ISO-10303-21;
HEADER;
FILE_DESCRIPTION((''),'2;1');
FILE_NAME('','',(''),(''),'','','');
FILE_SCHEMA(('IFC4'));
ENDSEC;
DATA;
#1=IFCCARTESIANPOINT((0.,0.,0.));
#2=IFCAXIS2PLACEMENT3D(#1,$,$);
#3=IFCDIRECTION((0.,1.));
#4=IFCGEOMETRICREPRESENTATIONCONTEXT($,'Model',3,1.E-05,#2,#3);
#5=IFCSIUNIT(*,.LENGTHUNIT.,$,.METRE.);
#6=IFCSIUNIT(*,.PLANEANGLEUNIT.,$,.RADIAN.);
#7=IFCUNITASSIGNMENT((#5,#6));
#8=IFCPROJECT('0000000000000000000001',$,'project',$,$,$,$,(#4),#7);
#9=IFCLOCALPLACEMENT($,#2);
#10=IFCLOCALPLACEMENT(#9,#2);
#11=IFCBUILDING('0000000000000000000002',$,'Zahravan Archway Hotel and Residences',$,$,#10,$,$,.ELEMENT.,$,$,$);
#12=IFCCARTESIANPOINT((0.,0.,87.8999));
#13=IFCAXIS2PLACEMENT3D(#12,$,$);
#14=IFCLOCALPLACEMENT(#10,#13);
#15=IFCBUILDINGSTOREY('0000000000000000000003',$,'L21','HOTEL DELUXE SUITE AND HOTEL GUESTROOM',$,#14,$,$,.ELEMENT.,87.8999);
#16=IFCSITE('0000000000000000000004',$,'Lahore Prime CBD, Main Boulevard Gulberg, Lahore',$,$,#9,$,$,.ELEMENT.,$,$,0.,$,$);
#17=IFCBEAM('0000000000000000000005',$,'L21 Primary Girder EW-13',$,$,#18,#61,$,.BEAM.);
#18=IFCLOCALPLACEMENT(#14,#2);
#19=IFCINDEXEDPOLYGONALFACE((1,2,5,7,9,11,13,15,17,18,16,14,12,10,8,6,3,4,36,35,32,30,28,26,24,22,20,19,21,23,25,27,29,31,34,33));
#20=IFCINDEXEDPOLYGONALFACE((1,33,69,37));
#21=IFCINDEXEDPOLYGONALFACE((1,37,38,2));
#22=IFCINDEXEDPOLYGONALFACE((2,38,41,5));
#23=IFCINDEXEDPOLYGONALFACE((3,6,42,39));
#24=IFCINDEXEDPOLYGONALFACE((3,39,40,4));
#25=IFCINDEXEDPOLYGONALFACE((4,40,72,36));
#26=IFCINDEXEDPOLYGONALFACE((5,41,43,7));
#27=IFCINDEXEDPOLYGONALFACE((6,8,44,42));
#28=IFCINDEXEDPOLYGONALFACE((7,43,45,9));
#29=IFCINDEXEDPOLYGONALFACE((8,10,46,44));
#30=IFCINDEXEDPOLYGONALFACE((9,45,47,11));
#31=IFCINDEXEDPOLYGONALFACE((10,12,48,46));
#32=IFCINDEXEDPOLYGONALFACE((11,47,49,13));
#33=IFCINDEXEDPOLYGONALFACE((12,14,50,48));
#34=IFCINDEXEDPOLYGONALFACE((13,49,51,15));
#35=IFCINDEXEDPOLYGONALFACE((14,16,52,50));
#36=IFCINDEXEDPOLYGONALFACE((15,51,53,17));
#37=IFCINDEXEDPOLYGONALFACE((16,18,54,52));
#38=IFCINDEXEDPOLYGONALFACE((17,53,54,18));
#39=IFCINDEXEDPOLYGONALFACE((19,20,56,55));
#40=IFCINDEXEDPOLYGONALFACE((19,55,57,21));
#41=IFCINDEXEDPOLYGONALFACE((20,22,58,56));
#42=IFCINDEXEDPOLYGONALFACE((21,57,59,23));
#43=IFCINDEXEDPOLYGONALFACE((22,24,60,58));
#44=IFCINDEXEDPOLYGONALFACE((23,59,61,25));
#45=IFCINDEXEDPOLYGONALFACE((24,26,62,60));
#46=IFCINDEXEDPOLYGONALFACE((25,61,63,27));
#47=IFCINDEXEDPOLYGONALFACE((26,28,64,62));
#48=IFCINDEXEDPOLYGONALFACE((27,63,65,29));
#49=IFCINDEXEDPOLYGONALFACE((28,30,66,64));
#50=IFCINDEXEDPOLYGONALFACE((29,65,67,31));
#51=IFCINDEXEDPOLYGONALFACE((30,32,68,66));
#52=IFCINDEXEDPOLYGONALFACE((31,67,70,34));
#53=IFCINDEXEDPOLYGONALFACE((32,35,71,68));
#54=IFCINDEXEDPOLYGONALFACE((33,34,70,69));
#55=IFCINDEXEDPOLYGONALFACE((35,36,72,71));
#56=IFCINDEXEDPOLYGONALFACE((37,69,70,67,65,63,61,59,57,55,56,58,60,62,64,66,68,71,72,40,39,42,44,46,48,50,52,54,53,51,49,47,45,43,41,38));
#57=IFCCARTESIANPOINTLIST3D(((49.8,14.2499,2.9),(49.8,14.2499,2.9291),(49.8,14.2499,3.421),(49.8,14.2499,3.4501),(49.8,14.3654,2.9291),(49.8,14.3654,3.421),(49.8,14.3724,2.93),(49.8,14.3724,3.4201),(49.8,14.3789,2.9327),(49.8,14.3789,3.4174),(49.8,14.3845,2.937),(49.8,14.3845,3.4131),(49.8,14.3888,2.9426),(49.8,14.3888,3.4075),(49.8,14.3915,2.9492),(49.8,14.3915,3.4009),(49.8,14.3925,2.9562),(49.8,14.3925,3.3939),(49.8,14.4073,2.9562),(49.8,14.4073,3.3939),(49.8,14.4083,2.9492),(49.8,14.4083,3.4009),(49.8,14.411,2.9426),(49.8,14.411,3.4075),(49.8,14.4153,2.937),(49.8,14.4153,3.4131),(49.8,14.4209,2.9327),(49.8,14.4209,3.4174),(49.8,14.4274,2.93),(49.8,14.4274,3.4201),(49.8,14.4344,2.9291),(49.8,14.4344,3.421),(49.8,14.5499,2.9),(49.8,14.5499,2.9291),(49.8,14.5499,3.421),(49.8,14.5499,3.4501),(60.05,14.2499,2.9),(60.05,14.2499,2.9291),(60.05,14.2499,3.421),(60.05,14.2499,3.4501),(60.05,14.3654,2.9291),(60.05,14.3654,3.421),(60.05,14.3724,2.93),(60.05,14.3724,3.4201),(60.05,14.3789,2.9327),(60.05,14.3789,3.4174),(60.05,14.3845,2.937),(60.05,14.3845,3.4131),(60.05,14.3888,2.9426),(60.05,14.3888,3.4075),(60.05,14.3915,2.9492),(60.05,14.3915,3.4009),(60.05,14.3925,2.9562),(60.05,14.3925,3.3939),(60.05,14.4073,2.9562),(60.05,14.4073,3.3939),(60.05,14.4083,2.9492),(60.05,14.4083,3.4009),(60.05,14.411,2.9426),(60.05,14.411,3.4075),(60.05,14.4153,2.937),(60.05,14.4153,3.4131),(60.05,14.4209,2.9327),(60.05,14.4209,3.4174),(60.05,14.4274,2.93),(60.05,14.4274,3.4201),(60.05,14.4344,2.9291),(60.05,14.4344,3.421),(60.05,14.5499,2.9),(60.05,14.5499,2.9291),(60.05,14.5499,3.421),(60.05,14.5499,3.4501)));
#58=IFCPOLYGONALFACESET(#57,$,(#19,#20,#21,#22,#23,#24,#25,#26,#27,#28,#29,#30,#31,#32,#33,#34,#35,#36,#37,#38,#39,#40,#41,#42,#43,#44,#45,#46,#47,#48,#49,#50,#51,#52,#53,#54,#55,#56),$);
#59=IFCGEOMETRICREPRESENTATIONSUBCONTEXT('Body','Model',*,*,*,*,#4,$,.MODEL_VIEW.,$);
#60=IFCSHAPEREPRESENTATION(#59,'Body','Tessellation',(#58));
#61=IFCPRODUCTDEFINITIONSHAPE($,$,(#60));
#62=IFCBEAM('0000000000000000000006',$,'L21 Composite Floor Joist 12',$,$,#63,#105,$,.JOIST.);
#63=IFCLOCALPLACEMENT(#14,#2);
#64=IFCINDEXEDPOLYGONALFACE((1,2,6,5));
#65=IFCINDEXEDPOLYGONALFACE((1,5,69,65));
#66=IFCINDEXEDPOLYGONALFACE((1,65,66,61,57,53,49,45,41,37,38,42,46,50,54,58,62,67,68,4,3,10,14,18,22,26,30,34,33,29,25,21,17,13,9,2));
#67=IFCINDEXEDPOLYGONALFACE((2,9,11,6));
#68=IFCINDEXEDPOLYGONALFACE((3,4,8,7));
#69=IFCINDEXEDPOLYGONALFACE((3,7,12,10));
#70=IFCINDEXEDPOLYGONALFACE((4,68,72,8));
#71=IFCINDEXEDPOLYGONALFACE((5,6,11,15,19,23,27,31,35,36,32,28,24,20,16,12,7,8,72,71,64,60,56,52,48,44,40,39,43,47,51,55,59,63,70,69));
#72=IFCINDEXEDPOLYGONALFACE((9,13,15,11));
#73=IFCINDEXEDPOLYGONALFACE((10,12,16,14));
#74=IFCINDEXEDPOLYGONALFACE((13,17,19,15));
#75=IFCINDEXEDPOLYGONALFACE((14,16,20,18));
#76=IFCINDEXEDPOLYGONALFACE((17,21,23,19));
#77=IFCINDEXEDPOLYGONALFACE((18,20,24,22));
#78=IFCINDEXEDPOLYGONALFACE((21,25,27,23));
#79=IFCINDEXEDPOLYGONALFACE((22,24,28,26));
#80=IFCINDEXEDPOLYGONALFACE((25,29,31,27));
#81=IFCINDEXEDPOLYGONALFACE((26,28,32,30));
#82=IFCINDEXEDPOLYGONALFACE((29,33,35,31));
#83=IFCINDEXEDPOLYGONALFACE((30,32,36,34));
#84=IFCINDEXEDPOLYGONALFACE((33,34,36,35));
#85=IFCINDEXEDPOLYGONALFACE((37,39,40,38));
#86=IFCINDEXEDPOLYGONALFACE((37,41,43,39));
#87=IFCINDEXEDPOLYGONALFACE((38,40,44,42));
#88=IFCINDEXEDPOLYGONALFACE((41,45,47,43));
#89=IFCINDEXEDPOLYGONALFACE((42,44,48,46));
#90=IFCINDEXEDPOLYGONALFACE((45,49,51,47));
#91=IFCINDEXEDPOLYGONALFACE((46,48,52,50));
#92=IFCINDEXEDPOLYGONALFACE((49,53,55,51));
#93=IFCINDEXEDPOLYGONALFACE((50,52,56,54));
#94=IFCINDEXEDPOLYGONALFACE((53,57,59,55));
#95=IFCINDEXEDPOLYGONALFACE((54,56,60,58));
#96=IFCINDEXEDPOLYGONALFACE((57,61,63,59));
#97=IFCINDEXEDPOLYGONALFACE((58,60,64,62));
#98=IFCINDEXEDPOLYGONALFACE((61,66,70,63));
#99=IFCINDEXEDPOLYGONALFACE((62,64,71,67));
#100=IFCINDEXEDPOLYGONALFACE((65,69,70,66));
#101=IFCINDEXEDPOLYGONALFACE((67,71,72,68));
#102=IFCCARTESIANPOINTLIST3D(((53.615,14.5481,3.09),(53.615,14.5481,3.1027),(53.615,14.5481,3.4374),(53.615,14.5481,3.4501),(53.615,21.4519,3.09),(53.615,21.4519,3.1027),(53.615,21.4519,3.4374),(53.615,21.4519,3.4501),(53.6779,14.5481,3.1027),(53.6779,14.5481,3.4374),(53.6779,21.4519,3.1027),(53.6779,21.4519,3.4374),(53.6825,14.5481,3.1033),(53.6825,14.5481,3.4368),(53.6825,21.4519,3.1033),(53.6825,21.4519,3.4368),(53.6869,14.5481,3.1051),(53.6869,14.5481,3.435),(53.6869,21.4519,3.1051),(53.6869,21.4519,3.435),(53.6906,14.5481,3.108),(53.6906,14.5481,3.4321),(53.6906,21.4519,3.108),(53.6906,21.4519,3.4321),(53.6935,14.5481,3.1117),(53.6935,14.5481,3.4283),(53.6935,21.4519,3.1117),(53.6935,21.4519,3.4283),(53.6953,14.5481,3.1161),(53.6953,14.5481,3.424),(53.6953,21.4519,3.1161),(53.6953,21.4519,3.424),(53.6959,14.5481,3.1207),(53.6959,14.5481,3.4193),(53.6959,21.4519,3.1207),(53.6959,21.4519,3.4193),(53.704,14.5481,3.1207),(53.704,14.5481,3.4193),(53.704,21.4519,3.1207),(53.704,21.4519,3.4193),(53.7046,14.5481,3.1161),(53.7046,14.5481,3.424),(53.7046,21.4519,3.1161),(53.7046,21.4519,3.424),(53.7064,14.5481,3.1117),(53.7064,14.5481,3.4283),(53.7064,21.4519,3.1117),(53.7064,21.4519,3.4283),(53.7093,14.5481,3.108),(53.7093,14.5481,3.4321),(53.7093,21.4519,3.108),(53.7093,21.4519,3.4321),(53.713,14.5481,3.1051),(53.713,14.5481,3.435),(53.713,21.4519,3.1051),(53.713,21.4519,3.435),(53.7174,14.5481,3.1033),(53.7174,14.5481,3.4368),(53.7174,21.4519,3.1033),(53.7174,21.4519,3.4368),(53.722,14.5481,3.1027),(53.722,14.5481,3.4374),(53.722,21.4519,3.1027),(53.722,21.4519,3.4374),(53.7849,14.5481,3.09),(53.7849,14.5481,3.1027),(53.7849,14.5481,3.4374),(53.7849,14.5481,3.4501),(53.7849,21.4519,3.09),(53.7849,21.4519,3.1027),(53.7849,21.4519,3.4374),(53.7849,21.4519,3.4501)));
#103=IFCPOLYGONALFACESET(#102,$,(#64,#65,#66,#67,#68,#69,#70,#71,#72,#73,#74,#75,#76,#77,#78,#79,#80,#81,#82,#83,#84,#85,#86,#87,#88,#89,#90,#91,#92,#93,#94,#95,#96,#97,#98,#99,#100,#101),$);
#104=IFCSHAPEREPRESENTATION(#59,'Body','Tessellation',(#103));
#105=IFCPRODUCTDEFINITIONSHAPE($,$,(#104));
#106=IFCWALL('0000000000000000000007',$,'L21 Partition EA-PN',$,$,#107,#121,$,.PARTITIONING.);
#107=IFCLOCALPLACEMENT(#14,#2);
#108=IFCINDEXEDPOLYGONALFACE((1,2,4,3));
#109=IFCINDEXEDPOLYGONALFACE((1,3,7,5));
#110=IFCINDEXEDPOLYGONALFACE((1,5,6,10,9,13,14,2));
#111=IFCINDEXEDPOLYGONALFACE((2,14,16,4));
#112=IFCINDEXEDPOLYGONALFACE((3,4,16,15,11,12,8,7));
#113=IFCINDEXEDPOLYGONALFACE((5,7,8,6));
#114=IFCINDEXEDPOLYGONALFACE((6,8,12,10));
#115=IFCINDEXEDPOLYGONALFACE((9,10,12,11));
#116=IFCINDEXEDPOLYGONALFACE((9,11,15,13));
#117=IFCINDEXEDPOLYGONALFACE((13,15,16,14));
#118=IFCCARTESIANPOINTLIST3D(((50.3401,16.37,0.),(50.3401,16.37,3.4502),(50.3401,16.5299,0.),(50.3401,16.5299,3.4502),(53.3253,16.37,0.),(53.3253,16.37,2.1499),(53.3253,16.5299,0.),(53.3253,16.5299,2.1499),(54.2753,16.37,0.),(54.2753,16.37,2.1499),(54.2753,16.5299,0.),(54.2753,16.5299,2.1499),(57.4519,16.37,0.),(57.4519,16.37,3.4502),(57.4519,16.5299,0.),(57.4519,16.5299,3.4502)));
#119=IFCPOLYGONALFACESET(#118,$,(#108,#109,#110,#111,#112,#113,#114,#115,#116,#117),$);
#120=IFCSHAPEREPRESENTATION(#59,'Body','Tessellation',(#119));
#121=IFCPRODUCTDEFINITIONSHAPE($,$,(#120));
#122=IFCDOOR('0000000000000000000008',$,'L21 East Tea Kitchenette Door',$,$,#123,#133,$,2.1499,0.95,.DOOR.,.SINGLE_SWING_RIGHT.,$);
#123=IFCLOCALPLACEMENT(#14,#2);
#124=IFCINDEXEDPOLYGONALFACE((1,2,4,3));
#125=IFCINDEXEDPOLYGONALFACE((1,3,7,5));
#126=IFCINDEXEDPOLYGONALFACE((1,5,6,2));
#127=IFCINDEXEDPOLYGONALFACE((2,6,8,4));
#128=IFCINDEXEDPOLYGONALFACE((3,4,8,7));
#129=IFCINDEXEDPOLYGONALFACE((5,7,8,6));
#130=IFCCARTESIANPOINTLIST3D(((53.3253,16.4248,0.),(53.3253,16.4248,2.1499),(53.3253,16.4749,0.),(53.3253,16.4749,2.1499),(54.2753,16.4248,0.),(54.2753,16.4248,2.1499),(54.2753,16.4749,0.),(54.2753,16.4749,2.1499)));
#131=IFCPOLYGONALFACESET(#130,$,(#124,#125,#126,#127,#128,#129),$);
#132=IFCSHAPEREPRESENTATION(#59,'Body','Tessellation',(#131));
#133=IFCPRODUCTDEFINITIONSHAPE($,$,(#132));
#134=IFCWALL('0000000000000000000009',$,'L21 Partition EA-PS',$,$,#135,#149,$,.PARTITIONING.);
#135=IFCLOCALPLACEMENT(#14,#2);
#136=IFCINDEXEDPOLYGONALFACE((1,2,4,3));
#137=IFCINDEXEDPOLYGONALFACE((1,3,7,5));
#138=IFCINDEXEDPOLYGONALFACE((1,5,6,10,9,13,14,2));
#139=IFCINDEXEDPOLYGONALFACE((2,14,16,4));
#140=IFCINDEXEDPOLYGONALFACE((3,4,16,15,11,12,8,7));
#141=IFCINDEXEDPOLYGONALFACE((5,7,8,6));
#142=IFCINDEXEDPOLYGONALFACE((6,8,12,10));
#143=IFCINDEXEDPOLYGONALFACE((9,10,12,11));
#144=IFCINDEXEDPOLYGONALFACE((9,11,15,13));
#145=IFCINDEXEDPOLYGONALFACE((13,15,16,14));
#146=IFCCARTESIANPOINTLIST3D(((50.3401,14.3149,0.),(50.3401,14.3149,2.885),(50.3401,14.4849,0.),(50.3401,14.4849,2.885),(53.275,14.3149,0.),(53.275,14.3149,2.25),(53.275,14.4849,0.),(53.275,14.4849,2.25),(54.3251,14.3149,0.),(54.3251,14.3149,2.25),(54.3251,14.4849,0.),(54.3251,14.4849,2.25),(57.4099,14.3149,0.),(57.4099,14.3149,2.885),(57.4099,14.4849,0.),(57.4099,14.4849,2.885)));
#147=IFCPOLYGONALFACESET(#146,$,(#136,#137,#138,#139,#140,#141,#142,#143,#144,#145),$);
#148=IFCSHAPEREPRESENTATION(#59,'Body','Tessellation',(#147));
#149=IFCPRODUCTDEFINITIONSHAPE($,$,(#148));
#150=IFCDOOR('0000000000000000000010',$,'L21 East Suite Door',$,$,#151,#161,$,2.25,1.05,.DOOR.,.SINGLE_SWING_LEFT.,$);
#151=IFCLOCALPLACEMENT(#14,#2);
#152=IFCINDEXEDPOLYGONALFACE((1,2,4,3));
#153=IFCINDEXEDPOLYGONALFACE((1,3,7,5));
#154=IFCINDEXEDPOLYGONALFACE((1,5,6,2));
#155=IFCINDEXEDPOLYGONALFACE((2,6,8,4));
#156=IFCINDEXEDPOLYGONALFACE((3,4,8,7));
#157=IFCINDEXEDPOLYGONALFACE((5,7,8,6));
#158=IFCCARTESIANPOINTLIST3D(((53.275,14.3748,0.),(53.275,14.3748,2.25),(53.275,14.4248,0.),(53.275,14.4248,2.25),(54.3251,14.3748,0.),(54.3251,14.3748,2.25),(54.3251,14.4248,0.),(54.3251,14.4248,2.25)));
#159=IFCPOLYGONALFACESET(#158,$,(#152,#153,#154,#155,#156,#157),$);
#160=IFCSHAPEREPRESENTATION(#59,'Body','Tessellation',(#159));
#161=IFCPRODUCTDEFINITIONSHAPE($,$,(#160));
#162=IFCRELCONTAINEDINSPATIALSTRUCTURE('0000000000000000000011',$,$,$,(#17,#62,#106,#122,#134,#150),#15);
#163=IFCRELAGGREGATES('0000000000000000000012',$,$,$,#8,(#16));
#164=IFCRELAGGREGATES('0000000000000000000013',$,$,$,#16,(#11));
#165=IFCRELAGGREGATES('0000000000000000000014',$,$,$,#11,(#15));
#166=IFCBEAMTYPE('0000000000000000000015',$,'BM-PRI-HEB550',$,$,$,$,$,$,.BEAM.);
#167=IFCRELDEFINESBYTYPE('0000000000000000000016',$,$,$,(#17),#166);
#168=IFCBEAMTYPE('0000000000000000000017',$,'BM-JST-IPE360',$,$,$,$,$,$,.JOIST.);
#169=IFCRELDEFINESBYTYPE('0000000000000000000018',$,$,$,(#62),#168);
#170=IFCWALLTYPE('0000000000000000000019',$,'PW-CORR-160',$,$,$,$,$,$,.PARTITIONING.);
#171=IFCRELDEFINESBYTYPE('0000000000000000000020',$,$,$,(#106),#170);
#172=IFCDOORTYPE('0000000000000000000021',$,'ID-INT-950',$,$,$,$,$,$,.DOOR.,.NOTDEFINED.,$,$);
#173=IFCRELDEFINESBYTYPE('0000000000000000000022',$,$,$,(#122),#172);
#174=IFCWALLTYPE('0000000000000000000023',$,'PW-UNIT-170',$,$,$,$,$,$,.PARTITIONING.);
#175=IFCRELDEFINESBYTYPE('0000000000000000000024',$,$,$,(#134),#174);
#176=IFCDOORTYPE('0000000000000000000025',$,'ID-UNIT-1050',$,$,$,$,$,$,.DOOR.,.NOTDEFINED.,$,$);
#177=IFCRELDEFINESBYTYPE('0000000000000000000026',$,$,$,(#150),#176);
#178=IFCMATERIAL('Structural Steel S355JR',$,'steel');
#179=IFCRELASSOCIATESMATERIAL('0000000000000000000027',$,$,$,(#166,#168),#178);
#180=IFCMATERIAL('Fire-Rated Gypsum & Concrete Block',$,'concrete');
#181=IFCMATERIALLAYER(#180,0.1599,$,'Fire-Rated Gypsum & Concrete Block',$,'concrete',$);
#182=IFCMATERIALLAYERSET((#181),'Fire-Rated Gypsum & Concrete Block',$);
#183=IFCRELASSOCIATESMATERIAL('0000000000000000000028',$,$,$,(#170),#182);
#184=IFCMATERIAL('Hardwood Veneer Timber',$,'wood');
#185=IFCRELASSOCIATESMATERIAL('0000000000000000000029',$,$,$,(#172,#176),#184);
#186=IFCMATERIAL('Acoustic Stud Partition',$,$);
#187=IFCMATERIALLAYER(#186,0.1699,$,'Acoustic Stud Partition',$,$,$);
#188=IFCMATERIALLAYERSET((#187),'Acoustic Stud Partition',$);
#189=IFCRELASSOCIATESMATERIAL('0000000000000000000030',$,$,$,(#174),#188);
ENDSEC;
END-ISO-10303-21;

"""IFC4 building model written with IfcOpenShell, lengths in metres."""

from ifc_helpers import new_model, si_unit, direction, frame, frame_2d, origin, origin_2d, place, context, subcontext, project, spatial, rectangle, i_section, extrude, source, transform, mapped, material, layer, layer_set, material_profile, profile_set, type_object, type_shapes, element, fill, save


model = new_model("IFC4")

# Units and contexts
model_context = context("Model", 3, precision=1e-05, world=origin(), true_north=direction((0.0, 1.0)))
body_context = subcontext(model_context, "Body", "Model", "MODEL_VIEW")
ifc_project = project(units=[si_unit("LENGTHUNIT", "METRE"), si_unit("PLANEANGLEUNIT", "RADIAN")], contexts=[model_context])

# Site, building, storey
site_placement = place(None, origin())
site = spatial("IfcSite", under=ifc_project, at=site_placement, Name="Lahore Prime CBD, Main Boulevard Gulberg, Lahore", CompositionType="ELEMENT", RefElevation=0.0)
building_placement = place(site_placement, origin())
building = spatial("IfcBuilding", under=site, at=building_placement, Name="Zahravan Archway Hotel and Residences", CompositionType="ELEMENT")
storey_placement = place(building_placement, frame((0.0, 0.0, 87.8999)))
storey = spatial("IfcBuildingStorey", under=building, at=storey_placement, Name="L21", Description="HOTEL DELUXE SUITE AND HOTEL GUESTROOM", CompositionType="ELEMENT", Elevation=87.8999)

# Beams
ifc_material_1 = material(Name="Structural Steel S355JR", Category="steel")
ifc_material_profile_1 = material_profile(ifc_material_1, i_section(OverallWidth=0.3, OverallDepth=0.55, WebThickness=0.0149, FlangeThickness=0.0291, FilletRadius=0.0271, at=origin_2d()), Name="HEB 550", Category="steel")
ifc_profile_set_1 = profile_set([ifc_material_profile_1], Name="Structural Steel S355JR")
beam_type_1 = type_object("IfcBeamType", Name="BM-PRI-HEB550", PredefinedType="BEAM", material=ifc_profile_set_1)
shared_shape_1 = source(origin(), body_context, "Body", "SweptSolid", [
    extrude(i_section(OverallWidth=0.3, OverallDepth=0.55, WebThickness=0.0149, FlangeThickness=0.0291, FilletRadius=0.0271, at=origin_2d()), origin(), (0.0, 0.0, 1.0), 10.25),
])
beam_1_placement = place(storey_placement, frame((49.8, 14.3999, 3.175), z_axis=(1.0, 0.0, 0.0), x_axis=(0.0, 1.0, 0.0)))
element("IfcBeam", 1, at=beam_1_placement, inside=storey, type_object=beam_type_1, Name="L21 Primary Girder EW-13", PredefinedType="BEAM", context=body_context, shape_type="MappedRepresentation", body=[
    mapped(shared_shape_1, transform((0.0, 0.0, 0.0), scale=1.0)),
])
ifc_material_profile_2 = material_profile(ifc_material_1, i_section(OverallWidth=0.1699, OverallDepth=0.3601, WebThickness=0.0081, FlangeThickness=0.0127, FilletRadius=0.0181, at=origin_2d()), Name="IPE 360", Category="steel")
ifc_profile_set_2 = profile_set([ifc_material_profile_2], Name="Structural Steel S355JR")
beam_type_2 = type_object("IfcBeamType", Name="BM-JST-IPE360", PredefinedType="JOIST", material=ifc_profile_set_2)
shared_shape_2 = source(origin(), body_context, "Body", "SweptSolid", [
    extrude(i_section(OverallWidth=0.1699, OverallDepth=0.3601, WebThickness=0.0081, FlangeThickness=0.0127, FilletRadius=0.0181, at=origin_2d()), origin(), (0.0, 0.0, 1.0), 6.9038),
])
beam_2_placement = place(storey_placement, frame((53.7, 14.5481, 3.27), z_axis=(0.0, 1.0, 0.0), x_axis=(-1.0, 0.0, 0.0)))
element("IfcBeam", 2, at=beam_2_placement, inside=storey, type_object=beam_type_2, Name="L21 Composite Floor Joist 12", PredefinedType="JOIST", context=body_context, shape_type="MappedRepresentation", body=[
    mapped(shared_shape_2, transform((0.0, 0.0, 0.0), scale=1.0)),
])

# Walls, openings, doors
ifc_material_2 = material(Name="Fire-Rated Gypsum & Concrete Block", Category="concrete")
ifc_layer_1 = layer(ifc_material_2, 0.1599, Name="Fire-Rated Gypsum & Concrete Block", Category="concrete")
ifc_layer_set_1 = layer_set([ifc_layer_1], Name="Fire-Rated Gypsum & Concrete Block")
wall_type_1 = type_object("IfcWallType", Name="PW-CORR-160", PredefinedType="PARTITIONING", material=ifc_layer_set_1)
wall_1_placement = place(storey_placement, frame((50.3401, 16.45, 0.0), z_axis=(0.0, 0.0, 1.0), x_axis=(1.0, 0.0, 0.0)))
wall_1 = element("IfcWall", 3, at=wall_1_placement, inside=storey, type_object=wall_type_1, Name="L21 Partition EA-PN", PredefinedType="PARTITIONING", context=body_context, shape_type="SweptSolid", body=[
    extrude(rectangle(XDim=7.1118, YDim=0.1599, at=frame_2d((3.5559, 0.0))), origin(), (0.0, 0.0, 1.0), 3.4502),
])
opening_1_placement = place(wall_1_placement, frame((2.9851, 0.0, 0.0)))
opening_1 = element("IfcOpeningElement", 4, at=opening_1_placement, cuts=wall_1, PredefinedType="OPENING", context=body_context, shape_type="SweptSolid", body=[
    extrude(rectangle(XDim=0.95, YDim=2.1499, at=frame_2d((0.4751, 1.075))), frame((0.0, 0.0898, 0.0), z_axis=(0.0, -1.0, 0.0), x_axis=(1.0, 0.0, 0.0)), (0.0, 0.0, 1.0), 0.1799),
])
ifc_material_3 = material(Name="Hardwood Veneer Timber", Category="wood")
door_type_1 = type_object("IfcDoorType", Name="ID-INT-950", OperationType="NOTDEFINED", PredefinedType="DOOR", material=ifc_material_3)
shared_shape_3 = source(origin(), body_context, "Body", "SweptSolid", [
    extrude(rectangle(XDim=0.95, YDim=2.1499, at=frame_2d((0.4751, 1.075))), frame((0.0, 0.0249, 0.0), z_axis=(0.0, -1.0, 0.0), x_axis=(1.0, 0.0, 0.0)), (0.0, 0.0, 1.0), 0.05),
])
type_shapes(door_type_1, [shared_shape_3])
door_1_placement = place(opening_1_placement, origin())
door_1 = element("IfcDoor", 5, at=door_1_placement, inside=storey, type_object=door_type_1, Name="L21 East Tea Kitchenette Door", OperationType="SINGLE_SWING_RIGHT", OverallHeight=2.1499, OverallWidth=0.95, PredefinedType="DOOR", context=body_context, shape_type="MappedRepresentation", body=[
    mapped(shared_shape_3, transform((0.0, 0.0, 0.0), scale=1.0)),
])
fill(opening_1, door_1)
ifc_material_4 = material(Name="Acoustic Stud Partition")
ifc_layer_2 = layer(ifc_material_4, 0.1699, Name="Acoustic Stud Partition")
ifc_layer_set_2 = layer_set([ifc_layer_2], Name="Acoustic Stud Partition")
wall_type_2 = type_object("IfcWallType", Name="PW-UNIT-170", PredefinedType="PARTITIONING", material=ifc_layer_set_2)
wall_2_placement = place(storey_placement, frame((50.3401, 14.3999, 0.0), z_axis=(0.0, 0.0, 1.0), x_axis=(1.0, 0.0, 0.0)))
wall_2 = element("IfcWall", 6, at=wall_2_placement, inside=storey, type_object=wall_type_2, Name="L21 Partition EA-PS", PredefinedType="PARTITIONING", context=body_context, shape_type="SweptSolid", body=[
    extrude(rectangle(XDim=7.0698, YDim=0.1699, at=frame_2d((3.5349, 0.0))), origin(), (0.0, 0.0, 1.0), 2.885),
])
opening_2_placement = place(wall_2_placement, frame((2.9351, 0.0, 0.0)))
opening_2 = element("IfcOpeningElement", 7, at=opening_2_placement, cuts=wall_2, PredefinedType="OPENING", context=body_context, shape_type="SweptSolid", body=[
    extrude(rectangle(XDim=1.05, YDim=2.25, at=frame_2d((0.5249, 1.125))), frame((0.0, 0.095, 0.0), z_axis=(0.0, -1.0, 0.0), x_axis=(1.0, 0.0, 0.0)), (0.0, 0.0, 1.0), 0.1899),
])
door_type_2 = type_object("IfcDoorType", Name="ID-UNIT-1050", OperationType="NOTDEFINED", PredefinedType="DOOR", material=ifc_material_3)
shared_shape_4 = source(origin(), body_context, "Body", "SweptSolid", [
    extrude(rectangle(XDim=1.05, YDim=2.25, at=frame_2d((0.5249, 1.125))), frame((0.0, 0.0249, 0.0), z_axis=(0.0, -1.0, 0.0), x_axis=(1.0, 0.0, 0.0)), (0.0, 0.0, 1.0), 0.05),
])
type_shapes(door_type_2, [shared_shape_4])
door_2_placement = place(opening_2_placement, origin())
door_2 = element("IfcDoor", 8, at=door_2_placement, inside=storey, type_object=door_type_2, Name="L21 East Suite Door", OperationType="SINGLE_SWING_LEFT", OverallHeight=2.25, OverallWidth=1.05, PredefinedType="DOOR", context=body_context, shape_type="MappedRepresentation", body=[
    mapped(shared_shape_4, transform((0.0, 0.0, 0.0), scale=1.0)),
])
fill(opening_2, door_2)

save(model, "model.ifc")
